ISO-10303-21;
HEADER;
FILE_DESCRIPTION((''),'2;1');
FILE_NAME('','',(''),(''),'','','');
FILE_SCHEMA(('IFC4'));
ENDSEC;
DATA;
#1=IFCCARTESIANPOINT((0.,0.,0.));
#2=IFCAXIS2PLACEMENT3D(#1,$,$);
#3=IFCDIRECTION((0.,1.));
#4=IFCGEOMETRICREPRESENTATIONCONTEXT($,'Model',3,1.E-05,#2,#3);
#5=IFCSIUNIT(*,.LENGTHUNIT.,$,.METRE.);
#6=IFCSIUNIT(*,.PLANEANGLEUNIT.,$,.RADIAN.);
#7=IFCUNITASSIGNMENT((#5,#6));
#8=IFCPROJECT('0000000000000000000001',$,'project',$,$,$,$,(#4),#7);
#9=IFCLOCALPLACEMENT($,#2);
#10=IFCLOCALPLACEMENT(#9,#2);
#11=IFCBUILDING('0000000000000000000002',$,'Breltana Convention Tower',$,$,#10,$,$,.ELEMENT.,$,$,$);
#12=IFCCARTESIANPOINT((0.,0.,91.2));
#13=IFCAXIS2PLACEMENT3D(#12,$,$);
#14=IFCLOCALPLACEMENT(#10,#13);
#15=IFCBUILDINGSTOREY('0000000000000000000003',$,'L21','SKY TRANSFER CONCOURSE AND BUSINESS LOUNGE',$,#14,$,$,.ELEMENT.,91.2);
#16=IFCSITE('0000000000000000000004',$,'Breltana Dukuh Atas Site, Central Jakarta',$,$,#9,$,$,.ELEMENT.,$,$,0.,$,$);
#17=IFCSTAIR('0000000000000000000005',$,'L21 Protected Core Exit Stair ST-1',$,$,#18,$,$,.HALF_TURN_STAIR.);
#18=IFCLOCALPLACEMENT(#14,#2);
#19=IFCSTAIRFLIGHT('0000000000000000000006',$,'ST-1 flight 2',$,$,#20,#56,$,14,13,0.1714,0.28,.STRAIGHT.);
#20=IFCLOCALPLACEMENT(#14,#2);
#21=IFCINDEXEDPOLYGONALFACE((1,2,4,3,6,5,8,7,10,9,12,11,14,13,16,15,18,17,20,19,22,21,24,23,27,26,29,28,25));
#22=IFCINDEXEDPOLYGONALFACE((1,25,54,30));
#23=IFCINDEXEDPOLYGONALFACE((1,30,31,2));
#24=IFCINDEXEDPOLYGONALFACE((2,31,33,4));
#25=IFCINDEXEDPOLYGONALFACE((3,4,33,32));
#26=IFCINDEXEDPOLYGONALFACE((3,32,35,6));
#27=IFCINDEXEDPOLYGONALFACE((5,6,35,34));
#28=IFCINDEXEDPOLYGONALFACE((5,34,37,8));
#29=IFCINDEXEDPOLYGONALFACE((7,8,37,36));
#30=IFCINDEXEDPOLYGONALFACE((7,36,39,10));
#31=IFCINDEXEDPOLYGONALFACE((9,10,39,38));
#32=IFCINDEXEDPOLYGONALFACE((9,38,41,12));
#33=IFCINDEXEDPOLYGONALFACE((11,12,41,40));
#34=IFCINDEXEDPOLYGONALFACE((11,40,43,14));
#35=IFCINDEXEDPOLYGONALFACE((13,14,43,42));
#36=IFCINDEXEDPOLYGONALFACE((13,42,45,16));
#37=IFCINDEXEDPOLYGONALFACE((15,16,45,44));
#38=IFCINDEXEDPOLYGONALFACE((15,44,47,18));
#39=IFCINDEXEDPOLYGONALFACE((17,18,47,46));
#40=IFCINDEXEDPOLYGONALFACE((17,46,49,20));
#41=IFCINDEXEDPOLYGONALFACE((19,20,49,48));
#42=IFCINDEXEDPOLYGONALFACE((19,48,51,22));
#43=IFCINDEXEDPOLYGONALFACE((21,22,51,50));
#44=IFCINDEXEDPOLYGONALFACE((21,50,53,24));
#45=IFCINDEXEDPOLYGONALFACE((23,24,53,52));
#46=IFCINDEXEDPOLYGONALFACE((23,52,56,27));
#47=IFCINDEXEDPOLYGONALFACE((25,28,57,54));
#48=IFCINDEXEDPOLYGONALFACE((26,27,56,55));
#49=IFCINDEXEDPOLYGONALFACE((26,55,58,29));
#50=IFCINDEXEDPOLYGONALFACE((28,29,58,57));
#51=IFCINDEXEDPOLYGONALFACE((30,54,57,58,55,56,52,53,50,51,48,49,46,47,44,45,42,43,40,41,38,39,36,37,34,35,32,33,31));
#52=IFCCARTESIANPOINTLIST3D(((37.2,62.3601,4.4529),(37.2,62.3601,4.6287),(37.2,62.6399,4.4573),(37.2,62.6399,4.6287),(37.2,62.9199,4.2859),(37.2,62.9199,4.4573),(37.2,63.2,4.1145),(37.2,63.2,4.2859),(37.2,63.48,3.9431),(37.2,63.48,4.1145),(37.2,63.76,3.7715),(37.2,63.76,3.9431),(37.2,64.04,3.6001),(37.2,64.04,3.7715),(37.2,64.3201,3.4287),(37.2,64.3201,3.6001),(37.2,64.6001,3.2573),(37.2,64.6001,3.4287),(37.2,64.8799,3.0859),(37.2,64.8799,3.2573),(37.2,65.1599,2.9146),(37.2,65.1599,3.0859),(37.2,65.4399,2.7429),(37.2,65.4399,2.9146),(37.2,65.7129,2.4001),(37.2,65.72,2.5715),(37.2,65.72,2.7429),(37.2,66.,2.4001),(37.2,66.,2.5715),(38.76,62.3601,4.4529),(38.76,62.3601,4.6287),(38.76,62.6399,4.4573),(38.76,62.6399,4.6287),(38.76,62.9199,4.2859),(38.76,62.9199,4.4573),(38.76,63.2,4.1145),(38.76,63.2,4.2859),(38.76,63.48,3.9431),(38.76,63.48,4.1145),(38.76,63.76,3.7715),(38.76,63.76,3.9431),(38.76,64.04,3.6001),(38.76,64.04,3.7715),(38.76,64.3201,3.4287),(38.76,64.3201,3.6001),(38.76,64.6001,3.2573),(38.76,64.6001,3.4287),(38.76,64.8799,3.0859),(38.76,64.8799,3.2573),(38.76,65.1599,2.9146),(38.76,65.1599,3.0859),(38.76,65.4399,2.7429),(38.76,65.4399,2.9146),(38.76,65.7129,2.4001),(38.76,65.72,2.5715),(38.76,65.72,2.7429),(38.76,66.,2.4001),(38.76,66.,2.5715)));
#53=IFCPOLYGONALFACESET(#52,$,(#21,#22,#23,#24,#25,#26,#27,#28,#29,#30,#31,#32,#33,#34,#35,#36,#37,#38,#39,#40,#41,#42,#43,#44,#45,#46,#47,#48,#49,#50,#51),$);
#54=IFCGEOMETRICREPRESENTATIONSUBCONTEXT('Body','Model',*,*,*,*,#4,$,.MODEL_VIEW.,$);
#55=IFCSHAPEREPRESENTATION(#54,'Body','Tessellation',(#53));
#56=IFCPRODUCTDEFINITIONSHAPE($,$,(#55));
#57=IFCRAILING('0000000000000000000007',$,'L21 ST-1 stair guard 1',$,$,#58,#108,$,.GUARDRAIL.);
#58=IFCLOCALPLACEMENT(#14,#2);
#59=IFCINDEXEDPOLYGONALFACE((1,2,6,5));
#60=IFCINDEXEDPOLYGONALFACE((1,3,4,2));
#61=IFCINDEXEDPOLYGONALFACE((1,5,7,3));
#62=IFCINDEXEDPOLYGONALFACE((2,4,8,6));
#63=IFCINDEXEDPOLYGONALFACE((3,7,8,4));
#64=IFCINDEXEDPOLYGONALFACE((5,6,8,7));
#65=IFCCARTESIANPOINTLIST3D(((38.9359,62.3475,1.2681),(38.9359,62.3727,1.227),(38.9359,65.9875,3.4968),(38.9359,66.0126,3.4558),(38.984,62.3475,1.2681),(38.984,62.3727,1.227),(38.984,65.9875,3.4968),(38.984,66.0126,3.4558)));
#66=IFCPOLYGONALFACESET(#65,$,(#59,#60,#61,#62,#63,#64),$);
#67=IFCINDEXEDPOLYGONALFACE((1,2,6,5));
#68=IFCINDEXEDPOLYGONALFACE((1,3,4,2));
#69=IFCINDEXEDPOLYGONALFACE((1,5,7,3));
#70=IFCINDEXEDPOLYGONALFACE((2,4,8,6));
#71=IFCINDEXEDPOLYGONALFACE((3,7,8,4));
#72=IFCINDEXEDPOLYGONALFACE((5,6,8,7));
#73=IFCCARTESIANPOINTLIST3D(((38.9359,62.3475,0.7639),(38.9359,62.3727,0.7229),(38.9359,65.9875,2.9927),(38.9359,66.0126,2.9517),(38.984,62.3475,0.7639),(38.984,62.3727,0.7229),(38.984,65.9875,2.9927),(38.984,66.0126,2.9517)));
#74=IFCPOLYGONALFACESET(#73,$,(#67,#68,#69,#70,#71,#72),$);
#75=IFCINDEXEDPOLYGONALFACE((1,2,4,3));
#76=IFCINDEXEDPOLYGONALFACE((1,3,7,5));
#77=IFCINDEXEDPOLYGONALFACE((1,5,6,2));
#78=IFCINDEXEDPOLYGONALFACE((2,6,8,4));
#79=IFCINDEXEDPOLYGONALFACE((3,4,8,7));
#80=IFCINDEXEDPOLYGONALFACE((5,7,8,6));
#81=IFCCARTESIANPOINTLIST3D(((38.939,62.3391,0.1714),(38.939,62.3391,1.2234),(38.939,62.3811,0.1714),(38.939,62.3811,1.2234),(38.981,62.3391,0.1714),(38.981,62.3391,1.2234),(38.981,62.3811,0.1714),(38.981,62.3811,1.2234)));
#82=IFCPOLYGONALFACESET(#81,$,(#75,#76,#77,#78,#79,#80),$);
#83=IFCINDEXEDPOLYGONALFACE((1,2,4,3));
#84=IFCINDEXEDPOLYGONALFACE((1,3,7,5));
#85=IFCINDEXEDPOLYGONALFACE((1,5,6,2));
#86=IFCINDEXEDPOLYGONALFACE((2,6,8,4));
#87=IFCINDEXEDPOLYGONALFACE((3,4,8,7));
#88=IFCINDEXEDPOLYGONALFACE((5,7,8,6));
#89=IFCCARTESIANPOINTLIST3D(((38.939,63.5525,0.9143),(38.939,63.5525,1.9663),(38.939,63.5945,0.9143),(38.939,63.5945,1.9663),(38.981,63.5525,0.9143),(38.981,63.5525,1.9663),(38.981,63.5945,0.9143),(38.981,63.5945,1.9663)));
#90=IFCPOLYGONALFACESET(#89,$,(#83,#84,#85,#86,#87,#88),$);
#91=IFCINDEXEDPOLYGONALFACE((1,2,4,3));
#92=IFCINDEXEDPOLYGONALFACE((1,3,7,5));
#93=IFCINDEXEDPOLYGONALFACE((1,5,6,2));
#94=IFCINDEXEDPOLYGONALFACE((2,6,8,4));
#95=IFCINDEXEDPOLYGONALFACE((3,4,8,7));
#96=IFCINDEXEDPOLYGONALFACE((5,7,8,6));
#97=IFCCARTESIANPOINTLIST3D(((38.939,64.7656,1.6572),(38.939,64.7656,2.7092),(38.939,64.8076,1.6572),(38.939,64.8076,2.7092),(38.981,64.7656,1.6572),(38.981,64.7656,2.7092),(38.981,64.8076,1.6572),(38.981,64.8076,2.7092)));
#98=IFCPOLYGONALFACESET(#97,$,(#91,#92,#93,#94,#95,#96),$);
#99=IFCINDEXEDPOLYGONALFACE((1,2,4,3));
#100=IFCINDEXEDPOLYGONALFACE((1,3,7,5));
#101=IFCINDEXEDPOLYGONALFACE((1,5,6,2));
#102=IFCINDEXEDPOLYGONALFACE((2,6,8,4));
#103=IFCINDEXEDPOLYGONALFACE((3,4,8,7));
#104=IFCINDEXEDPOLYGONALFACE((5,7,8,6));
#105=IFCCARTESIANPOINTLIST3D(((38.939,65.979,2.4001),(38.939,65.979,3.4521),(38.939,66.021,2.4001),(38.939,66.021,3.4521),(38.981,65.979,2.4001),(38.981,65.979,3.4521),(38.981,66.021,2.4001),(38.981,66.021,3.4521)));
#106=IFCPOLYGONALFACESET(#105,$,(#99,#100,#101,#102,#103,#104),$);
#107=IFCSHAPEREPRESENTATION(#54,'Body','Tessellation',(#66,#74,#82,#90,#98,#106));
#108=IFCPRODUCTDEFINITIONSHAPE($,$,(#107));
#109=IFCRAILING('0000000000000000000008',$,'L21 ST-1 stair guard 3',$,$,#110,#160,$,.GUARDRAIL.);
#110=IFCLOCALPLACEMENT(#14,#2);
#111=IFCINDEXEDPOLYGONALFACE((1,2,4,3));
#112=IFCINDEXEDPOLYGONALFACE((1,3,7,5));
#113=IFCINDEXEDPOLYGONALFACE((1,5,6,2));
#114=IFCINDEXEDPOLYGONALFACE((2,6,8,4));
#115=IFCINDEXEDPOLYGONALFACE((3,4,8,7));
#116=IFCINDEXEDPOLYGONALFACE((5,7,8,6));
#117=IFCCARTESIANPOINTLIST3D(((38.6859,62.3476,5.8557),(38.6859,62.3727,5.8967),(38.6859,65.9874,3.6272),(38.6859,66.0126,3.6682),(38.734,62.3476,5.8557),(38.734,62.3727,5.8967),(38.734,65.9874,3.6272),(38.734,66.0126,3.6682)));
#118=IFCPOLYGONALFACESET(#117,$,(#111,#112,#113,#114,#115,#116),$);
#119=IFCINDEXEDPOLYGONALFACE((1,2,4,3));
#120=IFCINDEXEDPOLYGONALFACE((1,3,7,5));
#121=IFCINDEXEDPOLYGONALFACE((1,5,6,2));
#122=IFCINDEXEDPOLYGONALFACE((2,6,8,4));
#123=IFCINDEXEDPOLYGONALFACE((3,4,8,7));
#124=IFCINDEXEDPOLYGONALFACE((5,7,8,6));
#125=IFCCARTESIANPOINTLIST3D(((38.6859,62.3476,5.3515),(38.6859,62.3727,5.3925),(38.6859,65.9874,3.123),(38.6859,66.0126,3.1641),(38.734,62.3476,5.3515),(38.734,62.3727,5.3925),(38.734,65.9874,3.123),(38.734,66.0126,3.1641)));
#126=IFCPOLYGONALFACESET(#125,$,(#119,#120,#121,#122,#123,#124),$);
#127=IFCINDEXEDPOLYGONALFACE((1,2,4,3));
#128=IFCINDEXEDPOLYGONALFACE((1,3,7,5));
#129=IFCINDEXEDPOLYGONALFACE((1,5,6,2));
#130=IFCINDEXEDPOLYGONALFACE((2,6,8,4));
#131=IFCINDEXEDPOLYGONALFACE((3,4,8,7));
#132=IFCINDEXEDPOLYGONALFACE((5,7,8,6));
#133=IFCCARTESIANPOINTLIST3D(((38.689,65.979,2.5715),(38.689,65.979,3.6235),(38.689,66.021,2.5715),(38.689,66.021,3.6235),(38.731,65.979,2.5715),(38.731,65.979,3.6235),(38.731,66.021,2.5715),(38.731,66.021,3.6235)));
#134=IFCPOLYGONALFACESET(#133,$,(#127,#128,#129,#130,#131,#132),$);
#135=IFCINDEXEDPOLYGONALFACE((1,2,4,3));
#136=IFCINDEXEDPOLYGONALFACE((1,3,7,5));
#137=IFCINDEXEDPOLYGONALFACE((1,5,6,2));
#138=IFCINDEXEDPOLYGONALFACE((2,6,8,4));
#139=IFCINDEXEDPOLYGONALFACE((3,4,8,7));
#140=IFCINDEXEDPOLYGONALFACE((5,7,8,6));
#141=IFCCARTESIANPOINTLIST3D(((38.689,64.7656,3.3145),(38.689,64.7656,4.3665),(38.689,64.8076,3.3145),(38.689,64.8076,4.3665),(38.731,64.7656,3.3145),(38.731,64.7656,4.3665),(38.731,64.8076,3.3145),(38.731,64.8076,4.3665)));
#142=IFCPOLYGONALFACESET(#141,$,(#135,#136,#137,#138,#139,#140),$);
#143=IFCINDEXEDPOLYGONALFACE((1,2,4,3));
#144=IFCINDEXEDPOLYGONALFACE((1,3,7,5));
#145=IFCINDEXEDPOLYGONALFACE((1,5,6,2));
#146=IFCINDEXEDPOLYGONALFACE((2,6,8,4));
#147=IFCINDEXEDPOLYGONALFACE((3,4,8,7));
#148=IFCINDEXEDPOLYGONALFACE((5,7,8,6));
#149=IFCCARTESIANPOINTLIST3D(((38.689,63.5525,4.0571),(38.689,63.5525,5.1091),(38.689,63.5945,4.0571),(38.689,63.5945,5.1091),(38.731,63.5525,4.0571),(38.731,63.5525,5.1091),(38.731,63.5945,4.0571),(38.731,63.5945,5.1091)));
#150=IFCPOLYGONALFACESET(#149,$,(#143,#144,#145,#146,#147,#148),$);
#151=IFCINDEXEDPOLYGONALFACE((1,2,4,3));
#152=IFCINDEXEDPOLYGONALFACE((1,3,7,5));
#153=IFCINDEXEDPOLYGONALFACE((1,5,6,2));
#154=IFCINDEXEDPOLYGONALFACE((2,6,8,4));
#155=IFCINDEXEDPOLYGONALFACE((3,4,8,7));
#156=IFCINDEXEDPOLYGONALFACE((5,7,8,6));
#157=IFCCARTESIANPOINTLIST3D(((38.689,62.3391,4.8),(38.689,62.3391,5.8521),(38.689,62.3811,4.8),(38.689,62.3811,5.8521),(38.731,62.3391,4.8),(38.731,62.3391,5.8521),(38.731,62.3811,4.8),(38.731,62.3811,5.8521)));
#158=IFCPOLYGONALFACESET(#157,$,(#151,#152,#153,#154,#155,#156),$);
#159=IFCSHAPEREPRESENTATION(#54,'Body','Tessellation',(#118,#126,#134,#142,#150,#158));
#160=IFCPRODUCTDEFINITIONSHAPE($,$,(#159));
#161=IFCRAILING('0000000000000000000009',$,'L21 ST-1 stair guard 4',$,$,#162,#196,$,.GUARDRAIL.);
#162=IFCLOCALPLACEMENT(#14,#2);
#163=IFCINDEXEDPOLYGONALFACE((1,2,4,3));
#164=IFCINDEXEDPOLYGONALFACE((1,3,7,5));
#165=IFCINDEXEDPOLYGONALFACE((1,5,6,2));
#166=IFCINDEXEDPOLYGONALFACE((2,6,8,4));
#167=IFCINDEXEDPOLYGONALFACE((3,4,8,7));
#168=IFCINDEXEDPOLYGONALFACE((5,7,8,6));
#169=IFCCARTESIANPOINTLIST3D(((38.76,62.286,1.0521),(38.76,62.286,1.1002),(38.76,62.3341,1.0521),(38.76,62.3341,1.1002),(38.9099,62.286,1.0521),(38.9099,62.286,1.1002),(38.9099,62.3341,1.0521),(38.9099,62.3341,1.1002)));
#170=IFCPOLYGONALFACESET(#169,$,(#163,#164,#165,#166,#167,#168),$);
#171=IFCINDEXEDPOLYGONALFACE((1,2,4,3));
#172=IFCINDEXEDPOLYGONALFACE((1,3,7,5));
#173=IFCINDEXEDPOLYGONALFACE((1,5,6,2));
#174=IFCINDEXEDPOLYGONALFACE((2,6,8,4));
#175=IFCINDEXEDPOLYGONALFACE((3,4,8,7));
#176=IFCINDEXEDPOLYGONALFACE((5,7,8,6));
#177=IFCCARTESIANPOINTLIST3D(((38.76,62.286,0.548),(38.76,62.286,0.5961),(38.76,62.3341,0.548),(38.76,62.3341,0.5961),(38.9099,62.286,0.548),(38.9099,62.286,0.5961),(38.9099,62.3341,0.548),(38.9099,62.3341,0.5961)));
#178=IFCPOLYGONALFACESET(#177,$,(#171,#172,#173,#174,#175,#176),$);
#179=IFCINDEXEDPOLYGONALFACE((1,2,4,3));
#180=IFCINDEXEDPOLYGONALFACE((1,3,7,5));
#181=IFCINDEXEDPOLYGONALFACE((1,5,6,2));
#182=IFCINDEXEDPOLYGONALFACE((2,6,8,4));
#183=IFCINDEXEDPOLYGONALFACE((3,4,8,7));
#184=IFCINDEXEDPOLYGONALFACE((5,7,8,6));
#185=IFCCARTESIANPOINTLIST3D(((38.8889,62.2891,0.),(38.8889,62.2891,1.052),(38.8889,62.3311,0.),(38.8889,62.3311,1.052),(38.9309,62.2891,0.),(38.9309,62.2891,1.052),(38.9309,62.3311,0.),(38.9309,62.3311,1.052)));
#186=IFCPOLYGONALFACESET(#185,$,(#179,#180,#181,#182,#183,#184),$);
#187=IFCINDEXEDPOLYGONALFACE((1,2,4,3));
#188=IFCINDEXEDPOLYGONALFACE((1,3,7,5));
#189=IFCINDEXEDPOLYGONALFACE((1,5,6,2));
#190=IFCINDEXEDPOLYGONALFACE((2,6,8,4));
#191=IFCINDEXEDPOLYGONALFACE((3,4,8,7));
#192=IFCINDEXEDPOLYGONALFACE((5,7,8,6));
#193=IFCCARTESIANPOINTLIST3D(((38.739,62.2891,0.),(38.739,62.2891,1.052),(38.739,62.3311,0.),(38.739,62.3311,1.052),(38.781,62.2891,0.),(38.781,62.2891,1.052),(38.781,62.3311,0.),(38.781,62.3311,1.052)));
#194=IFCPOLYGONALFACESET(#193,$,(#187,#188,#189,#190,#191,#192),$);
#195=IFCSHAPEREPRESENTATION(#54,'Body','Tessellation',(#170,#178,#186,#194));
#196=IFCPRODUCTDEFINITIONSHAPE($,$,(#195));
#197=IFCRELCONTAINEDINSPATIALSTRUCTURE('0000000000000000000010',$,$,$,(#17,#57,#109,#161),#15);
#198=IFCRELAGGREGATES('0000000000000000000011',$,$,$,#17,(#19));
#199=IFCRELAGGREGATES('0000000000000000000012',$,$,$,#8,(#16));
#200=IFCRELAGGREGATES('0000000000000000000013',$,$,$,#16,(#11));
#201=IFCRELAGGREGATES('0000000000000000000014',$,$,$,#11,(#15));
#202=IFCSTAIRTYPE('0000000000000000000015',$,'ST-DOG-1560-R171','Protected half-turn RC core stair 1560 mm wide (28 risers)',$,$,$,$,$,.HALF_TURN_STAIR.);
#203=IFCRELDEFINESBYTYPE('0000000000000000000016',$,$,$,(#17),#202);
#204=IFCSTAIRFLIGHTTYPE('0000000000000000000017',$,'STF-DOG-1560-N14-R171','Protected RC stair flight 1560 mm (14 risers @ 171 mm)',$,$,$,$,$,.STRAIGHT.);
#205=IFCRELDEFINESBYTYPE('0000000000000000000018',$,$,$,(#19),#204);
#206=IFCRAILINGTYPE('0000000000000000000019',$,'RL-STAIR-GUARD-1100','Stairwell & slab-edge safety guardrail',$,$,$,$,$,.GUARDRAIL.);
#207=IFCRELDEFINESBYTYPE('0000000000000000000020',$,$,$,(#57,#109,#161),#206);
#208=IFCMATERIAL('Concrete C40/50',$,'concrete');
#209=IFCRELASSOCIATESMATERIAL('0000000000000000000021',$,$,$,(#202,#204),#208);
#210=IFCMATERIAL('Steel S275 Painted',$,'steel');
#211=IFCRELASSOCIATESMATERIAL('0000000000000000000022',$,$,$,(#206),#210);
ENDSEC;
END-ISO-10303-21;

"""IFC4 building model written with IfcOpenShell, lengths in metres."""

from ifc_helpers import new_model, si_unit, direction, frame, origin, origin_2d, place, context, subcontext, project, spatial, polyline, rectangle, outline, extrude, material, type_object, element, aggregate, save


model = new_model("IFC4")

# Units and contexts
model_context = context("Model", 3, precision=1e-05, world=origin(), true_north=direction((0.0, 1.0)))
body_context = subcontext(model_context, "Body", "Model", "MODEL_VIEW")
ifc_project = project(units=[si_unit("LENGTHUNIT", "METRE"), si_unit("PLANEANGLEUNIT", "RADIAN")], contexts=[model_context])

# Site, building, storey
site_placement = place(None, origin())
site = spatial("IfcSite", under=ifc_project, at=site_placement, Name="Breltana Dukuh Atas Site, Central Jakarta", CompositionType="ELEMENT", RefElevation=0.0)
building_placement = place(site_placement, origin())
building = spatial("IfcBuilding", under=site, at=building_placement, Name="Breltana Convention Tower", CompositionType="ELEMENT")
storey_placement = place(building_placement, frame((0.0, 0.0, 91.2)))
storey = spatial("IfcBuildingStorey", under=building, at=storey_placement, Name="L21", Description="SKY TRANSFER CONCOURSE AND BUSINESS LOUNGE", CompositionType="ELEMENT", Elevation=91.2)

# Stair, stair flight
ifc_material_1 = material(Name="Concrete C40/50", Category="concrete")
stair_type = type_object("IfcStairType", Name="ST-DOG-1560-R171", Description="Protected half-turn RC core stair 1560 mm wide (28 risers)", PredefinedType="HALF_TURN_STAIR", material=ifc_material_1)
stair_placement = place(storey_placement, origin())
stair = element("IfcStair", 1, at=stair_placement, inside=storey, type_object=stair_type, Name="L21 Protected Core Exit Stair ST-1", PredefinedType="HALF_TURN_STAIR")
stair_flight_type = type_object("IfcStairFlightType", Name="STF-DOG-1560-N14-R171", Description="Protected RC stair flight 1560 mm (14 risers @ 171 mm)", PredefinedType="STRAIGHT", material=ifc_material_1)
stair_flight_1_placement = place(storey_placement, frame((37.98, 66.0, 2.4001), z_axis=(0.0, 0.0, 1.0), x_axis=(0.0, -1.0, 0.0)))
stair_flight_1 = element("IfcStairFlight", 2, at=stair_flight_1_placement, type_object=stair_flight_type, Name="ST-1 flight 2", NumberOfRisers=14, NumberOfTreads=13, PredefinedType="STRAIGHT", RiserHeight=0.1714, TreadLength=0.28, context=body_context, shape_type="SweptSolid", body=[
    extrude(outline(polyline([(0.0, 0.0), (0.0, 0.1714), (0.28, 0.1714), (0.28, 0.3428), (0.5601, 0.3428), (0.5601, 0.5144), (0.8401, 0.5144), (0.8401, 0.6858), (1.1201, 0.6858), (1.1201, 0.8572), (1.3999, 0.8572), (1.3999, 1.0286), (1.6799, 1.0286), (1.6799, 1.2), (1.96, 1.2), (1.96, 1.3713), (2.24, 1.3713), (2.24, 1.543), (2.52, 1.543), (2.52, 1.7144), (2.8, 1.7144), (2.8, 1.8857), (3.0801, 1.8857), (3.0801, 2.0571), (3.3601, 2.0571), (3.3601, 2.2285), (3.6399, 2.2285), (3.6399, 2.3999), (3.6399, 2.0527), (0.2871, 0.0), (0.0, 0.0)])), frame((0.0, 0.78, 0.0), z_axis=(0.0, -1.0, 0.0), x_axis=(1.0, 0.0, 0.0)), (0.0, 0.0, 1.0), 1.5601),
])
aggregate(stair, [stair_flight_1])

# Railings
ifc_material_2 = material(Name="Steel S275 Painted", Category="steel")
railing_type_1 = type_object("IfcRailingType", Name="RL-STAIR-GUARD-1100", Description="Stairwell & slab-edge safety guardrail", PredefinedType="GUARDRAIL", material=ifc_material_2)
railing_1_placement = place(storey_placement, frame((38.96, 62.3601, 0.1714)))
element("IfcRailing", 3, at=railing_1_placement, inside=storey, type_object=railing_type_1, Name="L21 ST-1 stair guard 1", PredefinedType="GUARDRAIL", context=body_context, shape_type="SweptSolid", body=[
    extrude(rectangle(XDim=0.0481, YDim=0.0481, at=origin_2d()), frame((0.0, 0.0, 1.0762), z_axis=(0.0, 0.852825, 0.522197), x_axis=(-1.0, 0.0, 0.0)), (0.0, 0.0, 1.0), 4.2681),
    extrude(rectangle(XDim=0.0481, YDim=0.0481, at=origin_2d()), frame((0.0, 0.0, 0.572), z_axis=(0.0, 0.852825, 0.522197), x_axis=(-1.0, 0.0, 0.0)), (0.0, 0.0, 1.0), 4.2681),
    extrude(rectangle(XDim=0.042, YDim=0.042, at=origin_2d()), origin(), (0.0, 0.0, 1.0), 1.052),
    extrude(rectangle(XDim=0.042, YDim=0.042, at=origin_2d()), frame((0.0, 1.2134, 0.7429)), (0.0, 0.0, 1.0), 1.052),
    extrude(rectangle(XDim=0.042, YDim=0.042, at=origin_2d()), frame((0.0, 2.4265, 1.4858)), (0.0, 0.0, 1.0), 1.052),
    extrude(rectangle(XDim=0.042, YDim=0.042, at=origin_2d()), frame((0.0, 3.6399, 2.2288)), (0.0, 0.0, 1.0), 1.052),
])
railing_2_placement = place(storey_placement, frame((38.71, 66.0, 2.5715)))
element("IfcRailing", 4, at=railing_2_placement, inside=storey, type_object=railing_type_1, Name="L21 ST-1 stair guard 3", PredefinedType="GUARDRAIL", context=body_context, shape_type="SweptSolid", body=[
    extrude(rectangle(XDim=0.0481, YDim=0.0481, at=origin_2d()), frame((0.0, 0.0, 1.0762), z_axis=(0.0, -0.85285, 0.522156), x_axis=(1.0, 0.0, 0.0)), (0.0, 0.0, 1.0), 4.2678),
    extrude(rectangle(XDim=0.0481, YDim=0.0481, at=origin_2d()), frame((0.0, 0.0, 0.572), z_axis=(0.0, -0.85285, 0.522156), x_axis=(1.0, 0.0, 0.0)), (0.0, 0.0, 1.0), 4.2678),
    extrude(rectangle(XDim=0.042, YDim=0.042, at=origin_2d()), origin(), (0.0, 0.0, 1.0), 1.052),
    extrude(rectangle(XDim=0.042, YDim=0.042, at=origin_2d()), frame((0.0, -1.2134, 0.7429)), (0.0, 0.0, 1.0), 1.052),
    extrude(rectangle(XDim=0.042, YDim=0.042, at=origin_2d()), frame((0.0, -2.4265, 1.4856)), (0.0, 0.0, 1.0), 1.052),
    extrude(rectangle(XDim=0.042, YDim=0.042, at=origin_2d()), frame((0.0, -3.6399, 2.2285)), (0.0, 0.0, 1.0), 1.052),
])
railing_3_placement = place(storey_placement, frame((38.9099, 62.3101, 0.0)))
element("IfcRailing", 5, at=railing_3_placement, inside=storey, type_object=railing_type_1, Name="L21 ST-1 stair guard 4", PredefinedType="GUARDRAIL", context=body_context, shape_type="SweptSolid", body=[
    extrude(rectangle(XDim=0.0481, YDim=0.0481, at=origin_2d()), frame((0.0, 0.0, 1.0762), z_axis=(-1.0, 0.0, 0.0), x_axis=(0.0, -1.0, 0.0)), (0.0, 0.0, 1.0), 0.1499),
    extrude(rectangle(XDim=0.0481, YDim=0.0481, at=origin_2d()), frame((0.0, 0.0, 0.572), z_axis=(-1.0, 0.0, 0.0), x_axis=(0.0, -1.0, 0.0)), (0.0, 0.0, 1.0), 0.1499),
    extrude(rectangle(XDim=0.042, YDim=0.042, at=origin_2d()), origin(), (0.0, 0.0, 1.0), 1.052),
    extrude(rectangle(XDim=0.042, YDim=0.042, at=origin_2d()), frame((-0.1499, 0.0, 0.0)), (0.0, 0.0, 1.0), 1.052),
])

save(model, "model.ifc")
